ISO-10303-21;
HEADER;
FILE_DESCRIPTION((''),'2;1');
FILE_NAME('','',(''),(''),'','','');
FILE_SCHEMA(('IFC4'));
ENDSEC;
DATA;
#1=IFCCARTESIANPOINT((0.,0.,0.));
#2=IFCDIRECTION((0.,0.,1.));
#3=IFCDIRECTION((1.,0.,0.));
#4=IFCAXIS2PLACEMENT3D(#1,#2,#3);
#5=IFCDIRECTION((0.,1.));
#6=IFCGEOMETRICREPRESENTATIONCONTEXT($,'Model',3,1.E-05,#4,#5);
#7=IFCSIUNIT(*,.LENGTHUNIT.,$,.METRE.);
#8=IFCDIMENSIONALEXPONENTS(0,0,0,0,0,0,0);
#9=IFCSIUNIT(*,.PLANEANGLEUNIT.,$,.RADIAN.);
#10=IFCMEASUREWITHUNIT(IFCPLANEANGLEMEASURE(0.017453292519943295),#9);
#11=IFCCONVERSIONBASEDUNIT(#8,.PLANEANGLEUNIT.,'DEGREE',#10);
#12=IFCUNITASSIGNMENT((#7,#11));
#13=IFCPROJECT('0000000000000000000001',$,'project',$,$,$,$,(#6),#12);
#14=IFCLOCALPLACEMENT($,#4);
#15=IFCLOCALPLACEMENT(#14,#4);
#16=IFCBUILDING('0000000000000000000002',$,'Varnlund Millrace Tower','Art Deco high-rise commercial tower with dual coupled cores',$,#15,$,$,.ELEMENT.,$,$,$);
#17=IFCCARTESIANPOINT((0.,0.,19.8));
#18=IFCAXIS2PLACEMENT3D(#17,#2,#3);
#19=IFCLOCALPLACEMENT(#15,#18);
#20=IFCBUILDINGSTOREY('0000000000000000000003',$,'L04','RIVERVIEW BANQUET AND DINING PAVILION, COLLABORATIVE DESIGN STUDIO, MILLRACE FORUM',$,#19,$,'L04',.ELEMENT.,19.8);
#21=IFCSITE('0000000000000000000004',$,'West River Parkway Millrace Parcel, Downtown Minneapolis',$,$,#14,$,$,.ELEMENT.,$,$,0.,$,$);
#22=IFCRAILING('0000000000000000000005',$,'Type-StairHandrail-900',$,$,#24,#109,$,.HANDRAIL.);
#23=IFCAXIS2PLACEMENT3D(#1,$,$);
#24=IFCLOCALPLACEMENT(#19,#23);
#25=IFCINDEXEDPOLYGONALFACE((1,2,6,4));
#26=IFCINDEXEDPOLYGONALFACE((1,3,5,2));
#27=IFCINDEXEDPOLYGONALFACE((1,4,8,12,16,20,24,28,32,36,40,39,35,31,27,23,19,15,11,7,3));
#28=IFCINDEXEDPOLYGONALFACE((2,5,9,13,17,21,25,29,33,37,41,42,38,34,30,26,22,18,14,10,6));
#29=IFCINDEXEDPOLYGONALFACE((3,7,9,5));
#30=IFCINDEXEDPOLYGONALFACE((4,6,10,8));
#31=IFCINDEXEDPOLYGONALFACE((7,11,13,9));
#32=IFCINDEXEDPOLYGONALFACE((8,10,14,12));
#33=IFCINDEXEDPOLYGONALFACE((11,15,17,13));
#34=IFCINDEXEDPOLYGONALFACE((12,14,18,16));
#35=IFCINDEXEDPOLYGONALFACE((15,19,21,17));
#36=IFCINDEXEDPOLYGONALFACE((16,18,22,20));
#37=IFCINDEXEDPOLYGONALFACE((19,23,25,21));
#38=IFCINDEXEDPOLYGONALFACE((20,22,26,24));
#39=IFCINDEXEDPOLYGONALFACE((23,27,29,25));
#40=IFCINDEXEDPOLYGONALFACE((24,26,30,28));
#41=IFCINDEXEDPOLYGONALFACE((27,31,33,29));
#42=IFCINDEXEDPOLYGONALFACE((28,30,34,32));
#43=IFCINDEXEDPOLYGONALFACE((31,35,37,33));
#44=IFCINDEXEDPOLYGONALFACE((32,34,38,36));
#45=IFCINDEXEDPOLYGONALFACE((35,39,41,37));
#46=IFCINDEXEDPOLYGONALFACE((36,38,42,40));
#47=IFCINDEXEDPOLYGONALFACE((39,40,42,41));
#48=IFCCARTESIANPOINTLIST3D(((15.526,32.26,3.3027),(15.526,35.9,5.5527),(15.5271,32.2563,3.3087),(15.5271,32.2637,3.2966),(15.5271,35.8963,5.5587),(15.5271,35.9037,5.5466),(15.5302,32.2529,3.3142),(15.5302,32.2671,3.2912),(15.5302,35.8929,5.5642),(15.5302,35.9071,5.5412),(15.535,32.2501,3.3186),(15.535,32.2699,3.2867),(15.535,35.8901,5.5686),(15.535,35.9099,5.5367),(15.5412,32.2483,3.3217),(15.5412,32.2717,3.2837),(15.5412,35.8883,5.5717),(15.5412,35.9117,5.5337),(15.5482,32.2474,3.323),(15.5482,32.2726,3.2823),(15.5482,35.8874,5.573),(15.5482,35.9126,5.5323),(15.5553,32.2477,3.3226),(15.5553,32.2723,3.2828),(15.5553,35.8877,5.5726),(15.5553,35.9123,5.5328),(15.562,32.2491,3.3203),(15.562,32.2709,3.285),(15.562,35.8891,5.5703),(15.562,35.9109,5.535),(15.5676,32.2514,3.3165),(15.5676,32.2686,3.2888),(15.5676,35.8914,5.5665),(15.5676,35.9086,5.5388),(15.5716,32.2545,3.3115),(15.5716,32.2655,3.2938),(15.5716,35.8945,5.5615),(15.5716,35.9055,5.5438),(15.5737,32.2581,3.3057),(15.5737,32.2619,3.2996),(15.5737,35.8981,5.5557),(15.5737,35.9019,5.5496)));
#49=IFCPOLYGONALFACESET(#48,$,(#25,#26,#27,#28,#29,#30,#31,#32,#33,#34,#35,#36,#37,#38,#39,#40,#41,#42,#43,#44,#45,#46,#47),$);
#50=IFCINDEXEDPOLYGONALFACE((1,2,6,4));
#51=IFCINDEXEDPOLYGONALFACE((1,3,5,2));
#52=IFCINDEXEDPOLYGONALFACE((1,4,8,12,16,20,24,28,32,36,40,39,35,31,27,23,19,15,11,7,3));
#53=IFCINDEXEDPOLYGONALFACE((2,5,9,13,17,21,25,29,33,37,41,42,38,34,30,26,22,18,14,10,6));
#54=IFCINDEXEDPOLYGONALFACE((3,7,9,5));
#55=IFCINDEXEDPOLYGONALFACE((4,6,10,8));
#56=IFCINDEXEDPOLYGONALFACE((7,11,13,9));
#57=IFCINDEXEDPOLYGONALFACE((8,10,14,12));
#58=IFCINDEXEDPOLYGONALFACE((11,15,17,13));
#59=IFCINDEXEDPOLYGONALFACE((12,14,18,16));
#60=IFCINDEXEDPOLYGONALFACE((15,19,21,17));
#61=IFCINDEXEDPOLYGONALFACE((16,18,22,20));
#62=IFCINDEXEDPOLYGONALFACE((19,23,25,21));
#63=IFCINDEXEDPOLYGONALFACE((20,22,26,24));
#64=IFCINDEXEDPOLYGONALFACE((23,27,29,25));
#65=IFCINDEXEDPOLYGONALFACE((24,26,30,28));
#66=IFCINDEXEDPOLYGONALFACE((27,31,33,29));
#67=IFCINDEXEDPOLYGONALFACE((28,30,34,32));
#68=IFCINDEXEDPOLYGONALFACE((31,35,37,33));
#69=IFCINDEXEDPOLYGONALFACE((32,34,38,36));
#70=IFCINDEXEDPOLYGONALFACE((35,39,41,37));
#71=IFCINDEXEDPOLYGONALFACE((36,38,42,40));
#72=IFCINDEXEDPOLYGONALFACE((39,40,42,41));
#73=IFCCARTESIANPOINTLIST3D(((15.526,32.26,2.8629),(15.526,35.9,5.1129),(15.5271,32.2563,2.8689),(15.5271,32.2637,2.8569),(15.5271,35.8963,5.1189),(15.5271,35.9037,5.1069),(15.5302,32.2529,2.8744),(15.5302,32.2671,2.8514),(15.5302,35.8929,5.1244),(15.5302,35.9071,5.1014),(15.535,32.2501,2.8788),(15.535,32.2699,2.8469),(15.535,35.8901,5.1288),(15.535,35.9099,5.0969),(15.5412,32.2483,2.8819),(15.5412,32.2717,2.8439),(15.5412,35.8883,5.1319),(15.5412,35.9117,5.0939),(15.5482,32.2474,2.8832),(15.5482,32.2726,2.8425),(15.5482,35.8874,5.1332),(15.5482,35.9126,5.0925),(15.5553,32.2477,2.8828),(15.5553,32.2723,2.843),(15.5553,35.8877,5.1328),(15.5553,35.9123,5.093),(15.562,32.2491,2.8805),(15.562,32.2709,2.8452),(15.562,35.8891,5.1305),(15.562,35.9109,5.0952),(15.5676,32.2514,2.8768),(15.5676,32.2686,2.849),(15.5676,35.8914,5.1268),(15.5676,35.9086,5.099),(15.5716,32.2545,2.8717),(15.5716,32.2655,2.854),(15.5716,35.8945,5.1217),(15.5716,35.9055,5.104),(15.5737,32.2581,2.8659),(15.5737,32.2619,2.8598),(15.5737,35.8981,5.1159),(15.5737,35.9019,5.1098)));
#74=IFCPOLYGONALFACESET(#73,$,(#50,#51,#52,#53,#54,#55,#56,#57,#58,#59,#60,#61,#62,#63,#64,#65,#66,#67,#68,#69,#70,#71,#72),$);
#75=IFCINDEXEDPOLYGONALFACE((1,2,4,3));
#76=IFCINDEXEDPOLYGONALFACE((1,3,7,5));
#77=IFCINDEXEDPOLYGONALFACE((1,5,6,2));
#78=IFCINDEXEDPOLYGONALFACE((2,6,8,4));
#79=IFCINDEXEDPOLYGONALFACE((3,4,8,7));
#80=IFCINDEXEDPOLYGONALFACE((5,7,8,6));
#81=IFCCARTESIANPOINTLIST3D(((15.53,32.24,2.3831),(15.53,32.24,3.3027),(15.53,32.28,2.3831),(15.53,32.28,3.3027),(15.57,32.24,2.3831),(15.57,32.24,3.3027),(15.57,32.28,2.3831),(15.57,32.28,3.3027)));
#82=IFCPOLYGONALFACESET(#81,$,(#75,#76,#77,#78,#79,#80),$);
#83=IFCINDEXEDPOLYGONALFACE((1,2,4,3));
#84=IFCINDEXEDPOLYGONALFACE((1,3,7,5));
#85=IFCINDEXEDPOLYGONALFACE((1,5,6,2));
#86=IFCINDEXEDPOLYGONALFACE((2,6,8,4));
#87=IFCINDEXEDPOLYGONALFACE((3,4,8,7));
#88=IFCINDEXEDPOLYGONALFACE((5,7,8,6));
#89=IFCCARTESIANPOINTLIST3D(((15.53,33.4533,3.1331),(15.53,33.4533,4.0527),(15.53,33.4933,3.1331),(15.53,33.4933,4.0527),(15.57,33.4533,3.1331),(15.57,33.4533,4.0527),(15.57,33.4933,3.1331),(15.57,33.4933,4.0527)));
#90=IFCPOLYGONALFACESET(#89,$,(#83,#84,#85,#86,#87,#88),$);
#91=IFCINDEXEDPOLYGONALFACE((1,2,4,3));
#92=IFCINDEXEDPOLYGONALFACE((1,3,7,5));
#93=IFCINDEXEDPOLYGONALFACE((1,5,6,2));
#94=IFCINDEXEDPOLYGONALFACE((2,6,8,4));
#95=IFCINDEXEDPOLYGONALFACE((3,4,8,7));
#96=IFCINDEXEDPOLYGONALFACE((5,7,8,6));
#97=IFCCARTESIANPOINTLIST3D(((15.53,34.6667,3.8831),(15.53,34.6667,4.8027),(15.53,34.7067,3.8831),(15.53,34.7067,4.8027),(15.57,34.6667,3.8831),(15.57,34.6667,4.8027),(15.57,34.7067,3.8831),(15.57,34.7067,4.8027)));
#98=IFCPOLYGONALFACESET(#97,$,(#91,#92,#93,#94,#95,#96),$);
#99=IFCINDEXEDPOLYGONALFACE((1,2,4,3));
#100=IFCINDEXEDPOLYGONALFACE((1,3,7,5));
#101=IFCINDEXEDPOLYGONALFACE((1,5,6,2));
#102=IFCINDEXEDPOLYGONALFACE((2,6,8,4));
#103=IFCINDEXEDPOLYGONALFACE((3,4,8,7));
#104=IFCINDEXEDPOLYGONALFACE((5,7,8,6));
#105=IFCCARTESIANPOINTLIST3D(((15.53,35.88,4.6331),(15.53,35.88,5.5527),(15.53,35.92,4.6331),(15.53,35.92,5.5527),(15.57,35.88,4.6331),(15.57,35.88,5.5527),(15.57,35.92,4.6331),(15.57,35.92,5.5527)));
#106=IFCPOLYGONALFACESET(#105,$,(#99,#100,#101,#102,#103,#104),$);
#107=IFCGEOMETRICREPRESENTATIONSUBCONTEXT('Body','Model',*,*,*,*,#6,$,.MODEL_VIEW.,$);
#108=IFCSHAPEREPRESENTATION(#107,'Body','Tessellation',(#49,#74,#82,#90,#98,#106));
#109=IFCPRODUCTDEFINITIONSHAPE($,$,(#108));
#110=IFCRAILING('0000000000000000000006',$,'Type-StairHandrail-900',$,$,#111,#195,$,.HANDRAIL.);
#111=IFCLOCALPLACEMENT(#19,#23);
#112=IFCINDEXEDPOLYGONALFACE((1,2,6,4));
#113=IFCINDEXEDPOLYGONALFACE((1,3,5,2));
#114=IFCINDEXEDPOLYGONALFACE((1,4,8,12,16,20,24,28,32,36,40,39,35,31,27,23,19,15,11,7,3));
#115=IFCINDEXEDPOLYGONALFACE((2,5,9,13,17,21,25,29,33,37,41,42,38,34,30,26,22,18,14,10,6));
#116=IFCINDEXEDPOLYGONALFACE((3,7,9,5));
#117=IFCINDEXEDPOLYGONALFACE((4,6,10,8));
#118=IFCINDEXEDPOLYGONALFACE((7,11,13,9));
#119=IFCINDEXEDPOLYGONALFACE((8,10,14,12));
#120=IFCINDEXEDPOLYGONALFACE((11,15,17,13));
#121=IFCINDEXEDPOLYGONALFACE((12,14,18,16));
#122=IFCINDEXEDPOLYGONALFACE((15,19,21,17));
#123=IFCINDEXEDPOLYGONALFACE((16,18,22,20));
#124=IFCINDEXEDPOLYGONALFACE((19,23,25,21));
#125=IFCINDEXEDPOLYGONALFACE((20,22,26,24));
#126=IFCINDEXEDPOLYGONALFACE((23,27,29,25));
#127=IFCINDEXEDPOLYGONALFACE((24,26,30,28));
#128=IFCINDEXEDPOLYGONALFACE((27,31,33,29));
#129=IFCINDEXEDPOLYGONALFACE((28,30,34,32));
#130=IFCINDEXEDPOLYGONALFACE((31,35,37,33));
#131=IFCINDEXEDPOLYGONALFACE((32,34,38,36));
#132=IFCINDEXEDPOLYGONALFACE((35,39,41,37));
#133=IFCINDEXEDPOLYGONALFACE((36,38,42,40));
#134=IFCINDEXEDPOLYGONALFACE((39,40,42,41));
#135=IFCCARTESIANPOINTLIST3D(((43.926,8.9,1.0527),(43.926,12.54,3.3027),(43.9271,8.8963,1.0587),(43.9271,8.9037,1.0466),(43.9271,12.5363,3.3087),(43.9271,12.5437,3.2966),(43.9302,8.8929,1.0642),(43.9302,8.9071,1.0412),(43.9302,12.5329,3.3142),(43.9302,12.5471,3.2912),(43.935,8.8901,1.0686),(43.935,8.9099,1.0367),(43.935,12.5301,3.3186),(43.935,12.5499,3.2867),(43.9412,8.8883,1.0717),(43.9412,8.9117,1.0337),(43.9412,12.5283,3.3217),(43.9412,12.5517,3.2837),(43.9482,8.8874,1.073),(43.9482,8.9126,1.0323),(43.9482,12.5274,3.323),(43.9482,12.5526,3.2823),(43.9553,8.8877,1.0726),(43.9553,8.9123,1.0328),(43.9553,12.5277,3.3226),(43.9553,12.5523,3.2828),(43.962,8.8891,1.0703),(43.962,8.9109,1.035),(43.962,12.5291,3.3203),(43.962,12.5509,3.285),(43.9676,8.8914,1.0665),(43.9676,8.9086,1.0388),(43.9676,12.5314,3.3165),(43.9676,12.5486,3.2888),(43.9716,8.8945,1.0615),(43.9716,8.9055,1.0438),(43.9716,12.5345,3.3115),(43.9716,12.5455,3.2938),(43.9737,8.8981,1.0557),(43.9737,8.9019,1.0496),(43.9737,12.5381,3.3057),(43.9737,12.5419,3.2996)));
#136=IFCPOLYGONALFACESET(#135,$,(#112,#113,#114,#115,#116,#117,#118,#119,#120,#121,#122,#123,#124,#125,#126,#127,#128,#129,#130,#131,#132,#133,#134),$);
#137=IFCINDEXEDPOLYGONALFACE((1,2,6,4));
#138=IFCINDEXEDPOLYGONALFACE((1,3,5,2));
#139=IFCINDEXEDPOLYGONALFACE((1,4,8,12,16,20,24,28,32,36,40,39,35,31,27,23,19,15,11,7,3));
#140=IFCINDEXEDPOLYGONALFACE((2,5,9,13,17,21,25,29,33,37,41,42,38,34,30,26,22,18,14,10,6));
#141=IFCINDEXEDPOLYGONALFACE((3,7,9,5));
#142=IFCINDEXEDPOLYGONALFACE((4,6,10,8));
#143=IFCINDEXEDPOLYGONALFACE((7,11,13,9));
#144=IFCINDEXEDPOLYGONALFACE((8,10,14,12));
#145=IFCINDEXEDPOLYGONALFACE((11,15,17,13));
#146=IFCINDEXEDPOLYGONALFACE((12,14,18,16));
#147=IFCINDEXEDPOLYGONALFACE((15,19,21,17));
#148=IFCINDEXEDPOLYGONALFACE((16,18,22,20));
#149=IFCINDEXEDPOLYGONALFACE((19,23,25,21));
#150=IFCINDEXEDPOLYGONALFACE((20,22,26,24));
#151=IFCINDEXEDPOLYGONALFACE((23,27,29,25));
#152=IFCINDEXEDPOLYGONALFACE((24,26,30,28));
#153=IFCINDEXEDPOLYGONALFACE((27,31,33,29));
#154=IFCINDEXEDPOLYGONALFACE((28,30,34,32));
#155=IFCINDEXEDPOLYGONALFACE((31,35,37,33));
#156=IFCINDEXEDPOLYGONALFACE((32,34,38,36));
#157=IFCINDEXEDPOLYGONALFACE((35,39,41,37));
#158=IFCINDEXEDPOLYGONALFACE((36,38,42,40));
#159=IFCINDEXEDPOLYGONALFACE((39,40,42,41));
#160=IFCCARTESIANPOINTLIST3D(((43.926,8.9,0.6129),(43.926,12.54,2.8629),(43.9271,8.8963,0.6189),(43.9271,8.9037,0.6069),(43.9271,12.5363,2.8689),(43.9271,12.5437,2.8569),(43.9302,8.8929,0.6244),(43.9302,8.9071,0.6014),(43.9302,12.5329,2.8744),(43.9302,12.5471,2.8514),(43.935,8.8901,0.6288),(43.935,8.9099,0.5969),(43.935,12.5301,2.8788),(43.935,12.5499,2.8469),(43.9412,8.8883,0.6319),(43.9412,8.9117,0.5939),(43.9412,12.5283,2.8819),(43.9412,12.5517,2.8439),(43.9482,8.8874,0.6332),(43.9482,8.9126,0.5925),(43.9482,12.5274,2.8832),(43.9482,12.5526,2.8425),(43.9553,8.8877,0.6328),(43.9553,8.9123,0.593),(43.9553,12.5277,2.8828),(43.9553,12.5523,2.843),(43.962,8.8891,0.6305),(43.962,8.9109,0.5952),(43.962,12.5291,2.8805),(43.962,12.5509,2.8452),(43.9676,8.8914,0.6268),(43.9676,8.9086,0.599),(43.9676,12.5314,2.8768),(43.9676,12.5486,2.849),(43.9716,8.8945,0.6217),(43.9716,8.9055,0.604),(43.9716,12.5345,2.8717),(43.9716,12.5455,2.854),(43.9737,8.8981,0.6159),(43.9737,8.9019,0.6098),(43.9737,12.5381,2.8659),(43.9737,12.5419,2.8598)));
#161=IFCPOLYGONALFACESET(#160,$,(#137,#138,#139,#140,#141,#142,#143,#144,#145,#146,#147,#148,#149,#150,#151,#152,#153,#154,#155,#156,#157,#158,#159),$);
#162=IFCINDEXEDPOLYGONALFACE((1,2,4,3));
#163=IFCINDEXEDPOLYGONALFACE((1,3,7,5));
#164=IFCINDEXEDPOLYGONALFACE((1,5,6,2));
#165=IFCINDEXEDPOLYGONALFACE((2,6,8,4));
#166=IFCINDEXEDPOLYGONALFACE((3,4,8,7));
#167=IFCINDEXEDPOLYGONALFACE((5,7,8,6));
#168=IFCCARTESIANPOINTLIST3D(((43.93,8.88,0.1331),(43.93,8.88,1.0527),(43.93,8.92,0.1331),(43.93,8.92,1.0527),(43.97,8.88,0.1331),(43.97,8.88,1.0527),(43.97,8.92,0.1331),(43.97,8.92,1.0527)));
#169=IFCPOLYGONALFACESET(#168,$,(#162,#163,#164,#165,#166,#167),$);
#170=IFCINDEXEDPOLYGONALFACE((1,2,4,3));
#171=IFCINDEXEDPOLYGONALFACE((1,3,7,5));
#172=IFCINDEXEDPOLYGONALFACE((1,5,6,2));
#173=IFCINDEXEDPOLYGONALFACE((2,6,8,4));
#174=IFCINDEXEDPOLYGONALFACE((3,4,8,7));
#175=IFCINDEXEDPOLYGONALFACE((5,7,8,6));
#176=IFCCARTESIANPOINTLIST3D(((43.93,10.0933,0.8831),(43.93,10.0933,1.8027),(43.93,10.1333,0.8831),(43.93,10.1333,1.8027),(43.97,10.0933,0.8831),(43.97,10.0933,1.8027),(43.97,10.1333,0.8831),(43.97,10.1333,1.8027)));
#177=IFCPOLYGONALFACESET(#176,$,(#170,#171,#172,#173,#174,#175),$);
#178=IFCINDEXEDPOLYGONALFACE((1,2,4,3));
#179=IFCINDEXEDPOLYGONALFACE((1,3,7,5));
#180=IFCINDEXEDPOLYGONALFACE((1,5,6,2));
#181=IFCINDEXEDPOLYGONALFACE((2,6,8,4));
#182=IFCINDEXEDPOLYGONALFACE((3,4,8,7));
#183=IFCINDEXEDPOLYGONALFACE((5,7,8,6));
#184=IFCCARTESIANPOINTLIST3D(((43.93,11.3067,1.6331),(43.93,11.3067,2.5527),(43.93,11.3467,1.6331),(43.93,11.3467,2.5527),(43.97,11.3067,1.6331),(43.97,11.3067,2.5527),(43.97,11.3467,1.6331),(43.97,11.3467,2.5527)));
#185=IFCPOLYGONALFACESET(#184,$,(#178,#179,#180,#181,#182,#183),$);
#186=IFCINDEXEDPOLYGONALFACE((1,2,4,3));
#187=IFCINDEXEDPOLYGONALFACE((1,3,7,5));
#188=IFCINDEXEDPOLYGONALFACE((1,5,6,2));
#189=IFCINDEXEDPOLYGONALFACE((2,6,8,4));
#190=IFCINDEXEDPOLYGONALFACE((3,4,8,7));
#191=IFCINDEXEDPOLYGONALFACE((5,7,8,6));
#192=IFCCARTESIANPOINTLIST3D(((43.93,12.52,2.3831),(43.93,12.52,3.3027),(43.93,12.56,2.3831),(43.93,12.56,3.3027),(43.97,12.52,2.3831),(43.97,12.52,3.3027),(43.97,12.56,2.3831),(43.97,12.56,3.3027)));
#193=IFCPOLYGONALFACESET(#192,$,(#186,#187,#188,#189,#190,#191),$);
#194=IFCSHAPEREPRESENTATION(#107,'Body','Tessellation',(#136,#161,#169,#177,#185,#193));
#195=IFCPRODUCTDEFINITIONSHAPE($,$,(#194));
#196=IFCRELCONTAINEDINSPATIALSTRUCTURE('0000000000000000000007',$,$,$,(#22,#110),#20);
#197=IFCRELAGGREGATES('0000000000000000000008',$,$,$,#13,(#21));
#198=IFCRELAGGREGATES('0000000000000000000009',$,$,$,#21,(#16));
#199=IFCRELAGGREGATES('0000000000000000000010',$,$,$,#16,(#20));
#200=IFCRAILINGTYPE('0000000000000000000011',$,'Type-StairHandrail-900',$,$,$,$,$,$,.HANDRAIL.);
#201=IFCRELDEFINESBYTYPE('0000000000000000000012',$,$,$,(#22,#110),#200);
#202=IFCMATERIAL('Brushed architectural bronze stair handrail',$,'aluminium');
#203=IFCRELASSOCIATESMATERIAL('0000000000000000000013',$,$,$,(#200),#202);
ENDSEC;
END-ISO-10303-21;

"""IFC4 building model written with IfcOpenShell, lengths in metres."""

from ifc_helpers import new_model, entity, si_unit, converted_unit, direction, frame, origin_with_axes, origin_2d_with_axis, place, context, subcontext, project, spatial, rectangle, circle, extrude, material, type_object, element, save


model = new_model("IFC4")

# Units and contexts
model_context = context("Model", 3, precision=1e-05, world=origin_with_axes(), true_north=direction((0.0, 1.0)))
body_context = subcontext(model_context, "Body", "Model", "MODEL_VIEW")
ifc_project = project(units=[si_unit("LENGTHUNIT", "METRE"), converted_unit("PLANEANGLEUNIT", "DEGREE", entity("IfcPlaneAngleMeasure", 0.017453292519943295), si_unit("PLANEANGLEUNIT", "RADIAN"), dimensions=[0, 0, 0, 0, 0, 0, 0])], contexts=[model_context])

# Site, building, storey
site_placement = place(None, origin_with_axes())
site = spatial("IfcSite", under=ifc_project, at=site_placement, Name="West River Parkway Millrace Parcel, Downtown Minneapolis", CompositionType="ELEMENT", RefElevation=0.0)
building_placement = place(site_placement, origin_with_axes())
building = spatial("IfcBuilding", under=site, at=building_placement, Name="Varnlund Millrace Tower", Description="Art Deco high-rise commercial tower with dual coupled cores", CompositionType="ELEMENT")
storey_placement = place(building_placement, frame((0.0, 0.0, 19.8), z_axis=(0.0, 0.0, 1.0), x_axis=(1.0, 0.0, 0.0)))
storey = spatial("IfcBuildingStorey", under=building, at=storey_placement, Name="L04", Description="RIVERVIEW BANQUET AND DINING PAVILION, COLLABORATIVE DESIGN STUDIO, MILLRACE FORUM", LongName="L04", CompositionType="ELEMENT", Elevation=19.8)

# Railings
ifc_material_1 = material(Name="Brushed architectural bronze stair handrail", Category="aluminium")
railing_type_1 = type_object("IfcRailingType", Name="Type-StairHandrail-900", PredefinedType="HANDRAIL", material=ifc_material_1)
railing_1_placement = place(storey_placement, frame((0.0, 0.0, -19.8), z_axis=(0.0, 0.0, 1.0), x_axis=(1.0, 0.0, 0.0)))
element("IfcRailing", 1, at=railing_1_placement, inside=storey, type_object=railing_type_1, Name="Type-StairHandrail-900", PredefinedType="HANDRAIL", context=body_context, shape_type="SweptSolid", body=[
    extrude(circle(Radius=0.024, at=origin_2d_with_axis()), frame((15.55, 32.26, 23.1027), z_axis=(0.0, 0.850614, 0.525791), x_axis=(-1.0, 0.0, 0.0)), (0.0, 0.0, 1.0), 4.2793),
    extrude(circle(Radius=0.024, at=origin_2d_with_axis()), frame((15.55, 32.26, 22.6629), z_axis=(0.0, 0.850614, 0.525791), x_axis=(-1.0, 0.0, 0.0)), (0.0, 0.0, 1.0), 4.2793),
    extrude(rectangle(XDim=0.04, YDim=0.04, at=origin_2d_with_axis()), frame((15.55, 32.26, 22.1831), z_axis=(0.0, 0.0, 1.0), x_axis=(1.0, 0.0, 0.0)), (0.0, 0.0, 1.0), 0.9196),
    extrude(rectangle(XDim=0.04, YDim=0.04, at=origin_2d_with_axis()), frame((15.55, 33.4733, 22.9331), z_axis=(0.0, 0.0, 1.0), x_axis=(1.0, 0.0, 0.0)), (0.0, 0.0, 1.0), 0.9196),
    extrude(rectangle(XDim=0.04, YDim=0.04, at=origin_2d_with_axis()), frame((15.55, 34.6867, 23.6831), z_axis=(0.0, 0.0, 1.0), x_axis=(1.0, 0.0, 0.0)), (0.0, 0.0, 1.0), 0.9196),
    extrude(rectangle(XDim=0.04, YDim=0.04, at=origin_2d_with_axis()), frame((15.55, 35.9, 24.4331), z_axis=(0.0, 0.0, 1.0), x_axis=(1.0, 0.0, 0.0)), (0.0, 0.0, 1.0), 0.9196),
])
railing_2_placement = place(storey_placement, frame((0.0, 0.0, -19.8), z_axis=(0.0, 0.0, 1.0), x_axis=(1.0, 0.0, 0.0)))
element("IfcRailing", 2, at=railing_2_placement, inside=storey, type_object=railing_type_1, Name="Type-StairHandrail-900", PredefinedType="HANDRAIL", context=body_context, shape_type="SweptSolid", body=[
    extrude(circle(Radius=0.024, at=origin_2d_with_axis()), frame((43.95, 8.9, 20.8527), z_axis=(0.0, 0.850614, 0.525791), x_axis=(-1.0, 0.0, 0.0)), (0.0, 0.0, 1.0), 4.2793),
    extrude(circle(Radius=0.024, at=origin_2d_with_axis()), frame((43.95, 8.9, 20.4129), z_axis=(0.0, 0.850614, 0.525791), x_axis=(-1.0, 0.0, 0.0)), (0.0, 0.0, 1.0), 4.2793),
    extrude(rectangle(XDim=0.04, YDim=0.04, at=origin_2d_with_axis()), frame((43.95, 8.9, 19.9331), z_axis=(0.0, 0.0, 1.0), x_axis=(1.0, 0.0, 0.0)), (0.0, 0.0, 1.0), 0.9196),
    extrude(rectangle(XDim=0.04, YDim=0.04, at=origin_2d_with_axis()), frame((43.95, 10.1133, 20.6831), z_axis=(0.0, 0.0, 1.0), x_axis=(1.0, 0.0, 0.0)), (0.0, 0.0, 1.0), 0.9196),
    extrude(rectangle(XDim=0.04, YDim=0.04, at=origin_2d_with_axis()), frame((43.95, 11.3267, 21.4331), z_axis=(0.0, 0.0, 1.0), x_axis=(1.0, 0.0, 0.0)), (0.0, 0.0, 1.0), 0.9196),
    extrude(rectangle(XDim=0.04, YDim=0.04, at=origin_2d_with_axis()), frame((43.95, 12.54, 22.1831), z_axis=(0.0, 0.0, 1.0), x_axis=(1.0, 0.0, 0.0)), (0.0, 0.0, 1.0), 0.9196),
])

save(model, "model.ifc")
